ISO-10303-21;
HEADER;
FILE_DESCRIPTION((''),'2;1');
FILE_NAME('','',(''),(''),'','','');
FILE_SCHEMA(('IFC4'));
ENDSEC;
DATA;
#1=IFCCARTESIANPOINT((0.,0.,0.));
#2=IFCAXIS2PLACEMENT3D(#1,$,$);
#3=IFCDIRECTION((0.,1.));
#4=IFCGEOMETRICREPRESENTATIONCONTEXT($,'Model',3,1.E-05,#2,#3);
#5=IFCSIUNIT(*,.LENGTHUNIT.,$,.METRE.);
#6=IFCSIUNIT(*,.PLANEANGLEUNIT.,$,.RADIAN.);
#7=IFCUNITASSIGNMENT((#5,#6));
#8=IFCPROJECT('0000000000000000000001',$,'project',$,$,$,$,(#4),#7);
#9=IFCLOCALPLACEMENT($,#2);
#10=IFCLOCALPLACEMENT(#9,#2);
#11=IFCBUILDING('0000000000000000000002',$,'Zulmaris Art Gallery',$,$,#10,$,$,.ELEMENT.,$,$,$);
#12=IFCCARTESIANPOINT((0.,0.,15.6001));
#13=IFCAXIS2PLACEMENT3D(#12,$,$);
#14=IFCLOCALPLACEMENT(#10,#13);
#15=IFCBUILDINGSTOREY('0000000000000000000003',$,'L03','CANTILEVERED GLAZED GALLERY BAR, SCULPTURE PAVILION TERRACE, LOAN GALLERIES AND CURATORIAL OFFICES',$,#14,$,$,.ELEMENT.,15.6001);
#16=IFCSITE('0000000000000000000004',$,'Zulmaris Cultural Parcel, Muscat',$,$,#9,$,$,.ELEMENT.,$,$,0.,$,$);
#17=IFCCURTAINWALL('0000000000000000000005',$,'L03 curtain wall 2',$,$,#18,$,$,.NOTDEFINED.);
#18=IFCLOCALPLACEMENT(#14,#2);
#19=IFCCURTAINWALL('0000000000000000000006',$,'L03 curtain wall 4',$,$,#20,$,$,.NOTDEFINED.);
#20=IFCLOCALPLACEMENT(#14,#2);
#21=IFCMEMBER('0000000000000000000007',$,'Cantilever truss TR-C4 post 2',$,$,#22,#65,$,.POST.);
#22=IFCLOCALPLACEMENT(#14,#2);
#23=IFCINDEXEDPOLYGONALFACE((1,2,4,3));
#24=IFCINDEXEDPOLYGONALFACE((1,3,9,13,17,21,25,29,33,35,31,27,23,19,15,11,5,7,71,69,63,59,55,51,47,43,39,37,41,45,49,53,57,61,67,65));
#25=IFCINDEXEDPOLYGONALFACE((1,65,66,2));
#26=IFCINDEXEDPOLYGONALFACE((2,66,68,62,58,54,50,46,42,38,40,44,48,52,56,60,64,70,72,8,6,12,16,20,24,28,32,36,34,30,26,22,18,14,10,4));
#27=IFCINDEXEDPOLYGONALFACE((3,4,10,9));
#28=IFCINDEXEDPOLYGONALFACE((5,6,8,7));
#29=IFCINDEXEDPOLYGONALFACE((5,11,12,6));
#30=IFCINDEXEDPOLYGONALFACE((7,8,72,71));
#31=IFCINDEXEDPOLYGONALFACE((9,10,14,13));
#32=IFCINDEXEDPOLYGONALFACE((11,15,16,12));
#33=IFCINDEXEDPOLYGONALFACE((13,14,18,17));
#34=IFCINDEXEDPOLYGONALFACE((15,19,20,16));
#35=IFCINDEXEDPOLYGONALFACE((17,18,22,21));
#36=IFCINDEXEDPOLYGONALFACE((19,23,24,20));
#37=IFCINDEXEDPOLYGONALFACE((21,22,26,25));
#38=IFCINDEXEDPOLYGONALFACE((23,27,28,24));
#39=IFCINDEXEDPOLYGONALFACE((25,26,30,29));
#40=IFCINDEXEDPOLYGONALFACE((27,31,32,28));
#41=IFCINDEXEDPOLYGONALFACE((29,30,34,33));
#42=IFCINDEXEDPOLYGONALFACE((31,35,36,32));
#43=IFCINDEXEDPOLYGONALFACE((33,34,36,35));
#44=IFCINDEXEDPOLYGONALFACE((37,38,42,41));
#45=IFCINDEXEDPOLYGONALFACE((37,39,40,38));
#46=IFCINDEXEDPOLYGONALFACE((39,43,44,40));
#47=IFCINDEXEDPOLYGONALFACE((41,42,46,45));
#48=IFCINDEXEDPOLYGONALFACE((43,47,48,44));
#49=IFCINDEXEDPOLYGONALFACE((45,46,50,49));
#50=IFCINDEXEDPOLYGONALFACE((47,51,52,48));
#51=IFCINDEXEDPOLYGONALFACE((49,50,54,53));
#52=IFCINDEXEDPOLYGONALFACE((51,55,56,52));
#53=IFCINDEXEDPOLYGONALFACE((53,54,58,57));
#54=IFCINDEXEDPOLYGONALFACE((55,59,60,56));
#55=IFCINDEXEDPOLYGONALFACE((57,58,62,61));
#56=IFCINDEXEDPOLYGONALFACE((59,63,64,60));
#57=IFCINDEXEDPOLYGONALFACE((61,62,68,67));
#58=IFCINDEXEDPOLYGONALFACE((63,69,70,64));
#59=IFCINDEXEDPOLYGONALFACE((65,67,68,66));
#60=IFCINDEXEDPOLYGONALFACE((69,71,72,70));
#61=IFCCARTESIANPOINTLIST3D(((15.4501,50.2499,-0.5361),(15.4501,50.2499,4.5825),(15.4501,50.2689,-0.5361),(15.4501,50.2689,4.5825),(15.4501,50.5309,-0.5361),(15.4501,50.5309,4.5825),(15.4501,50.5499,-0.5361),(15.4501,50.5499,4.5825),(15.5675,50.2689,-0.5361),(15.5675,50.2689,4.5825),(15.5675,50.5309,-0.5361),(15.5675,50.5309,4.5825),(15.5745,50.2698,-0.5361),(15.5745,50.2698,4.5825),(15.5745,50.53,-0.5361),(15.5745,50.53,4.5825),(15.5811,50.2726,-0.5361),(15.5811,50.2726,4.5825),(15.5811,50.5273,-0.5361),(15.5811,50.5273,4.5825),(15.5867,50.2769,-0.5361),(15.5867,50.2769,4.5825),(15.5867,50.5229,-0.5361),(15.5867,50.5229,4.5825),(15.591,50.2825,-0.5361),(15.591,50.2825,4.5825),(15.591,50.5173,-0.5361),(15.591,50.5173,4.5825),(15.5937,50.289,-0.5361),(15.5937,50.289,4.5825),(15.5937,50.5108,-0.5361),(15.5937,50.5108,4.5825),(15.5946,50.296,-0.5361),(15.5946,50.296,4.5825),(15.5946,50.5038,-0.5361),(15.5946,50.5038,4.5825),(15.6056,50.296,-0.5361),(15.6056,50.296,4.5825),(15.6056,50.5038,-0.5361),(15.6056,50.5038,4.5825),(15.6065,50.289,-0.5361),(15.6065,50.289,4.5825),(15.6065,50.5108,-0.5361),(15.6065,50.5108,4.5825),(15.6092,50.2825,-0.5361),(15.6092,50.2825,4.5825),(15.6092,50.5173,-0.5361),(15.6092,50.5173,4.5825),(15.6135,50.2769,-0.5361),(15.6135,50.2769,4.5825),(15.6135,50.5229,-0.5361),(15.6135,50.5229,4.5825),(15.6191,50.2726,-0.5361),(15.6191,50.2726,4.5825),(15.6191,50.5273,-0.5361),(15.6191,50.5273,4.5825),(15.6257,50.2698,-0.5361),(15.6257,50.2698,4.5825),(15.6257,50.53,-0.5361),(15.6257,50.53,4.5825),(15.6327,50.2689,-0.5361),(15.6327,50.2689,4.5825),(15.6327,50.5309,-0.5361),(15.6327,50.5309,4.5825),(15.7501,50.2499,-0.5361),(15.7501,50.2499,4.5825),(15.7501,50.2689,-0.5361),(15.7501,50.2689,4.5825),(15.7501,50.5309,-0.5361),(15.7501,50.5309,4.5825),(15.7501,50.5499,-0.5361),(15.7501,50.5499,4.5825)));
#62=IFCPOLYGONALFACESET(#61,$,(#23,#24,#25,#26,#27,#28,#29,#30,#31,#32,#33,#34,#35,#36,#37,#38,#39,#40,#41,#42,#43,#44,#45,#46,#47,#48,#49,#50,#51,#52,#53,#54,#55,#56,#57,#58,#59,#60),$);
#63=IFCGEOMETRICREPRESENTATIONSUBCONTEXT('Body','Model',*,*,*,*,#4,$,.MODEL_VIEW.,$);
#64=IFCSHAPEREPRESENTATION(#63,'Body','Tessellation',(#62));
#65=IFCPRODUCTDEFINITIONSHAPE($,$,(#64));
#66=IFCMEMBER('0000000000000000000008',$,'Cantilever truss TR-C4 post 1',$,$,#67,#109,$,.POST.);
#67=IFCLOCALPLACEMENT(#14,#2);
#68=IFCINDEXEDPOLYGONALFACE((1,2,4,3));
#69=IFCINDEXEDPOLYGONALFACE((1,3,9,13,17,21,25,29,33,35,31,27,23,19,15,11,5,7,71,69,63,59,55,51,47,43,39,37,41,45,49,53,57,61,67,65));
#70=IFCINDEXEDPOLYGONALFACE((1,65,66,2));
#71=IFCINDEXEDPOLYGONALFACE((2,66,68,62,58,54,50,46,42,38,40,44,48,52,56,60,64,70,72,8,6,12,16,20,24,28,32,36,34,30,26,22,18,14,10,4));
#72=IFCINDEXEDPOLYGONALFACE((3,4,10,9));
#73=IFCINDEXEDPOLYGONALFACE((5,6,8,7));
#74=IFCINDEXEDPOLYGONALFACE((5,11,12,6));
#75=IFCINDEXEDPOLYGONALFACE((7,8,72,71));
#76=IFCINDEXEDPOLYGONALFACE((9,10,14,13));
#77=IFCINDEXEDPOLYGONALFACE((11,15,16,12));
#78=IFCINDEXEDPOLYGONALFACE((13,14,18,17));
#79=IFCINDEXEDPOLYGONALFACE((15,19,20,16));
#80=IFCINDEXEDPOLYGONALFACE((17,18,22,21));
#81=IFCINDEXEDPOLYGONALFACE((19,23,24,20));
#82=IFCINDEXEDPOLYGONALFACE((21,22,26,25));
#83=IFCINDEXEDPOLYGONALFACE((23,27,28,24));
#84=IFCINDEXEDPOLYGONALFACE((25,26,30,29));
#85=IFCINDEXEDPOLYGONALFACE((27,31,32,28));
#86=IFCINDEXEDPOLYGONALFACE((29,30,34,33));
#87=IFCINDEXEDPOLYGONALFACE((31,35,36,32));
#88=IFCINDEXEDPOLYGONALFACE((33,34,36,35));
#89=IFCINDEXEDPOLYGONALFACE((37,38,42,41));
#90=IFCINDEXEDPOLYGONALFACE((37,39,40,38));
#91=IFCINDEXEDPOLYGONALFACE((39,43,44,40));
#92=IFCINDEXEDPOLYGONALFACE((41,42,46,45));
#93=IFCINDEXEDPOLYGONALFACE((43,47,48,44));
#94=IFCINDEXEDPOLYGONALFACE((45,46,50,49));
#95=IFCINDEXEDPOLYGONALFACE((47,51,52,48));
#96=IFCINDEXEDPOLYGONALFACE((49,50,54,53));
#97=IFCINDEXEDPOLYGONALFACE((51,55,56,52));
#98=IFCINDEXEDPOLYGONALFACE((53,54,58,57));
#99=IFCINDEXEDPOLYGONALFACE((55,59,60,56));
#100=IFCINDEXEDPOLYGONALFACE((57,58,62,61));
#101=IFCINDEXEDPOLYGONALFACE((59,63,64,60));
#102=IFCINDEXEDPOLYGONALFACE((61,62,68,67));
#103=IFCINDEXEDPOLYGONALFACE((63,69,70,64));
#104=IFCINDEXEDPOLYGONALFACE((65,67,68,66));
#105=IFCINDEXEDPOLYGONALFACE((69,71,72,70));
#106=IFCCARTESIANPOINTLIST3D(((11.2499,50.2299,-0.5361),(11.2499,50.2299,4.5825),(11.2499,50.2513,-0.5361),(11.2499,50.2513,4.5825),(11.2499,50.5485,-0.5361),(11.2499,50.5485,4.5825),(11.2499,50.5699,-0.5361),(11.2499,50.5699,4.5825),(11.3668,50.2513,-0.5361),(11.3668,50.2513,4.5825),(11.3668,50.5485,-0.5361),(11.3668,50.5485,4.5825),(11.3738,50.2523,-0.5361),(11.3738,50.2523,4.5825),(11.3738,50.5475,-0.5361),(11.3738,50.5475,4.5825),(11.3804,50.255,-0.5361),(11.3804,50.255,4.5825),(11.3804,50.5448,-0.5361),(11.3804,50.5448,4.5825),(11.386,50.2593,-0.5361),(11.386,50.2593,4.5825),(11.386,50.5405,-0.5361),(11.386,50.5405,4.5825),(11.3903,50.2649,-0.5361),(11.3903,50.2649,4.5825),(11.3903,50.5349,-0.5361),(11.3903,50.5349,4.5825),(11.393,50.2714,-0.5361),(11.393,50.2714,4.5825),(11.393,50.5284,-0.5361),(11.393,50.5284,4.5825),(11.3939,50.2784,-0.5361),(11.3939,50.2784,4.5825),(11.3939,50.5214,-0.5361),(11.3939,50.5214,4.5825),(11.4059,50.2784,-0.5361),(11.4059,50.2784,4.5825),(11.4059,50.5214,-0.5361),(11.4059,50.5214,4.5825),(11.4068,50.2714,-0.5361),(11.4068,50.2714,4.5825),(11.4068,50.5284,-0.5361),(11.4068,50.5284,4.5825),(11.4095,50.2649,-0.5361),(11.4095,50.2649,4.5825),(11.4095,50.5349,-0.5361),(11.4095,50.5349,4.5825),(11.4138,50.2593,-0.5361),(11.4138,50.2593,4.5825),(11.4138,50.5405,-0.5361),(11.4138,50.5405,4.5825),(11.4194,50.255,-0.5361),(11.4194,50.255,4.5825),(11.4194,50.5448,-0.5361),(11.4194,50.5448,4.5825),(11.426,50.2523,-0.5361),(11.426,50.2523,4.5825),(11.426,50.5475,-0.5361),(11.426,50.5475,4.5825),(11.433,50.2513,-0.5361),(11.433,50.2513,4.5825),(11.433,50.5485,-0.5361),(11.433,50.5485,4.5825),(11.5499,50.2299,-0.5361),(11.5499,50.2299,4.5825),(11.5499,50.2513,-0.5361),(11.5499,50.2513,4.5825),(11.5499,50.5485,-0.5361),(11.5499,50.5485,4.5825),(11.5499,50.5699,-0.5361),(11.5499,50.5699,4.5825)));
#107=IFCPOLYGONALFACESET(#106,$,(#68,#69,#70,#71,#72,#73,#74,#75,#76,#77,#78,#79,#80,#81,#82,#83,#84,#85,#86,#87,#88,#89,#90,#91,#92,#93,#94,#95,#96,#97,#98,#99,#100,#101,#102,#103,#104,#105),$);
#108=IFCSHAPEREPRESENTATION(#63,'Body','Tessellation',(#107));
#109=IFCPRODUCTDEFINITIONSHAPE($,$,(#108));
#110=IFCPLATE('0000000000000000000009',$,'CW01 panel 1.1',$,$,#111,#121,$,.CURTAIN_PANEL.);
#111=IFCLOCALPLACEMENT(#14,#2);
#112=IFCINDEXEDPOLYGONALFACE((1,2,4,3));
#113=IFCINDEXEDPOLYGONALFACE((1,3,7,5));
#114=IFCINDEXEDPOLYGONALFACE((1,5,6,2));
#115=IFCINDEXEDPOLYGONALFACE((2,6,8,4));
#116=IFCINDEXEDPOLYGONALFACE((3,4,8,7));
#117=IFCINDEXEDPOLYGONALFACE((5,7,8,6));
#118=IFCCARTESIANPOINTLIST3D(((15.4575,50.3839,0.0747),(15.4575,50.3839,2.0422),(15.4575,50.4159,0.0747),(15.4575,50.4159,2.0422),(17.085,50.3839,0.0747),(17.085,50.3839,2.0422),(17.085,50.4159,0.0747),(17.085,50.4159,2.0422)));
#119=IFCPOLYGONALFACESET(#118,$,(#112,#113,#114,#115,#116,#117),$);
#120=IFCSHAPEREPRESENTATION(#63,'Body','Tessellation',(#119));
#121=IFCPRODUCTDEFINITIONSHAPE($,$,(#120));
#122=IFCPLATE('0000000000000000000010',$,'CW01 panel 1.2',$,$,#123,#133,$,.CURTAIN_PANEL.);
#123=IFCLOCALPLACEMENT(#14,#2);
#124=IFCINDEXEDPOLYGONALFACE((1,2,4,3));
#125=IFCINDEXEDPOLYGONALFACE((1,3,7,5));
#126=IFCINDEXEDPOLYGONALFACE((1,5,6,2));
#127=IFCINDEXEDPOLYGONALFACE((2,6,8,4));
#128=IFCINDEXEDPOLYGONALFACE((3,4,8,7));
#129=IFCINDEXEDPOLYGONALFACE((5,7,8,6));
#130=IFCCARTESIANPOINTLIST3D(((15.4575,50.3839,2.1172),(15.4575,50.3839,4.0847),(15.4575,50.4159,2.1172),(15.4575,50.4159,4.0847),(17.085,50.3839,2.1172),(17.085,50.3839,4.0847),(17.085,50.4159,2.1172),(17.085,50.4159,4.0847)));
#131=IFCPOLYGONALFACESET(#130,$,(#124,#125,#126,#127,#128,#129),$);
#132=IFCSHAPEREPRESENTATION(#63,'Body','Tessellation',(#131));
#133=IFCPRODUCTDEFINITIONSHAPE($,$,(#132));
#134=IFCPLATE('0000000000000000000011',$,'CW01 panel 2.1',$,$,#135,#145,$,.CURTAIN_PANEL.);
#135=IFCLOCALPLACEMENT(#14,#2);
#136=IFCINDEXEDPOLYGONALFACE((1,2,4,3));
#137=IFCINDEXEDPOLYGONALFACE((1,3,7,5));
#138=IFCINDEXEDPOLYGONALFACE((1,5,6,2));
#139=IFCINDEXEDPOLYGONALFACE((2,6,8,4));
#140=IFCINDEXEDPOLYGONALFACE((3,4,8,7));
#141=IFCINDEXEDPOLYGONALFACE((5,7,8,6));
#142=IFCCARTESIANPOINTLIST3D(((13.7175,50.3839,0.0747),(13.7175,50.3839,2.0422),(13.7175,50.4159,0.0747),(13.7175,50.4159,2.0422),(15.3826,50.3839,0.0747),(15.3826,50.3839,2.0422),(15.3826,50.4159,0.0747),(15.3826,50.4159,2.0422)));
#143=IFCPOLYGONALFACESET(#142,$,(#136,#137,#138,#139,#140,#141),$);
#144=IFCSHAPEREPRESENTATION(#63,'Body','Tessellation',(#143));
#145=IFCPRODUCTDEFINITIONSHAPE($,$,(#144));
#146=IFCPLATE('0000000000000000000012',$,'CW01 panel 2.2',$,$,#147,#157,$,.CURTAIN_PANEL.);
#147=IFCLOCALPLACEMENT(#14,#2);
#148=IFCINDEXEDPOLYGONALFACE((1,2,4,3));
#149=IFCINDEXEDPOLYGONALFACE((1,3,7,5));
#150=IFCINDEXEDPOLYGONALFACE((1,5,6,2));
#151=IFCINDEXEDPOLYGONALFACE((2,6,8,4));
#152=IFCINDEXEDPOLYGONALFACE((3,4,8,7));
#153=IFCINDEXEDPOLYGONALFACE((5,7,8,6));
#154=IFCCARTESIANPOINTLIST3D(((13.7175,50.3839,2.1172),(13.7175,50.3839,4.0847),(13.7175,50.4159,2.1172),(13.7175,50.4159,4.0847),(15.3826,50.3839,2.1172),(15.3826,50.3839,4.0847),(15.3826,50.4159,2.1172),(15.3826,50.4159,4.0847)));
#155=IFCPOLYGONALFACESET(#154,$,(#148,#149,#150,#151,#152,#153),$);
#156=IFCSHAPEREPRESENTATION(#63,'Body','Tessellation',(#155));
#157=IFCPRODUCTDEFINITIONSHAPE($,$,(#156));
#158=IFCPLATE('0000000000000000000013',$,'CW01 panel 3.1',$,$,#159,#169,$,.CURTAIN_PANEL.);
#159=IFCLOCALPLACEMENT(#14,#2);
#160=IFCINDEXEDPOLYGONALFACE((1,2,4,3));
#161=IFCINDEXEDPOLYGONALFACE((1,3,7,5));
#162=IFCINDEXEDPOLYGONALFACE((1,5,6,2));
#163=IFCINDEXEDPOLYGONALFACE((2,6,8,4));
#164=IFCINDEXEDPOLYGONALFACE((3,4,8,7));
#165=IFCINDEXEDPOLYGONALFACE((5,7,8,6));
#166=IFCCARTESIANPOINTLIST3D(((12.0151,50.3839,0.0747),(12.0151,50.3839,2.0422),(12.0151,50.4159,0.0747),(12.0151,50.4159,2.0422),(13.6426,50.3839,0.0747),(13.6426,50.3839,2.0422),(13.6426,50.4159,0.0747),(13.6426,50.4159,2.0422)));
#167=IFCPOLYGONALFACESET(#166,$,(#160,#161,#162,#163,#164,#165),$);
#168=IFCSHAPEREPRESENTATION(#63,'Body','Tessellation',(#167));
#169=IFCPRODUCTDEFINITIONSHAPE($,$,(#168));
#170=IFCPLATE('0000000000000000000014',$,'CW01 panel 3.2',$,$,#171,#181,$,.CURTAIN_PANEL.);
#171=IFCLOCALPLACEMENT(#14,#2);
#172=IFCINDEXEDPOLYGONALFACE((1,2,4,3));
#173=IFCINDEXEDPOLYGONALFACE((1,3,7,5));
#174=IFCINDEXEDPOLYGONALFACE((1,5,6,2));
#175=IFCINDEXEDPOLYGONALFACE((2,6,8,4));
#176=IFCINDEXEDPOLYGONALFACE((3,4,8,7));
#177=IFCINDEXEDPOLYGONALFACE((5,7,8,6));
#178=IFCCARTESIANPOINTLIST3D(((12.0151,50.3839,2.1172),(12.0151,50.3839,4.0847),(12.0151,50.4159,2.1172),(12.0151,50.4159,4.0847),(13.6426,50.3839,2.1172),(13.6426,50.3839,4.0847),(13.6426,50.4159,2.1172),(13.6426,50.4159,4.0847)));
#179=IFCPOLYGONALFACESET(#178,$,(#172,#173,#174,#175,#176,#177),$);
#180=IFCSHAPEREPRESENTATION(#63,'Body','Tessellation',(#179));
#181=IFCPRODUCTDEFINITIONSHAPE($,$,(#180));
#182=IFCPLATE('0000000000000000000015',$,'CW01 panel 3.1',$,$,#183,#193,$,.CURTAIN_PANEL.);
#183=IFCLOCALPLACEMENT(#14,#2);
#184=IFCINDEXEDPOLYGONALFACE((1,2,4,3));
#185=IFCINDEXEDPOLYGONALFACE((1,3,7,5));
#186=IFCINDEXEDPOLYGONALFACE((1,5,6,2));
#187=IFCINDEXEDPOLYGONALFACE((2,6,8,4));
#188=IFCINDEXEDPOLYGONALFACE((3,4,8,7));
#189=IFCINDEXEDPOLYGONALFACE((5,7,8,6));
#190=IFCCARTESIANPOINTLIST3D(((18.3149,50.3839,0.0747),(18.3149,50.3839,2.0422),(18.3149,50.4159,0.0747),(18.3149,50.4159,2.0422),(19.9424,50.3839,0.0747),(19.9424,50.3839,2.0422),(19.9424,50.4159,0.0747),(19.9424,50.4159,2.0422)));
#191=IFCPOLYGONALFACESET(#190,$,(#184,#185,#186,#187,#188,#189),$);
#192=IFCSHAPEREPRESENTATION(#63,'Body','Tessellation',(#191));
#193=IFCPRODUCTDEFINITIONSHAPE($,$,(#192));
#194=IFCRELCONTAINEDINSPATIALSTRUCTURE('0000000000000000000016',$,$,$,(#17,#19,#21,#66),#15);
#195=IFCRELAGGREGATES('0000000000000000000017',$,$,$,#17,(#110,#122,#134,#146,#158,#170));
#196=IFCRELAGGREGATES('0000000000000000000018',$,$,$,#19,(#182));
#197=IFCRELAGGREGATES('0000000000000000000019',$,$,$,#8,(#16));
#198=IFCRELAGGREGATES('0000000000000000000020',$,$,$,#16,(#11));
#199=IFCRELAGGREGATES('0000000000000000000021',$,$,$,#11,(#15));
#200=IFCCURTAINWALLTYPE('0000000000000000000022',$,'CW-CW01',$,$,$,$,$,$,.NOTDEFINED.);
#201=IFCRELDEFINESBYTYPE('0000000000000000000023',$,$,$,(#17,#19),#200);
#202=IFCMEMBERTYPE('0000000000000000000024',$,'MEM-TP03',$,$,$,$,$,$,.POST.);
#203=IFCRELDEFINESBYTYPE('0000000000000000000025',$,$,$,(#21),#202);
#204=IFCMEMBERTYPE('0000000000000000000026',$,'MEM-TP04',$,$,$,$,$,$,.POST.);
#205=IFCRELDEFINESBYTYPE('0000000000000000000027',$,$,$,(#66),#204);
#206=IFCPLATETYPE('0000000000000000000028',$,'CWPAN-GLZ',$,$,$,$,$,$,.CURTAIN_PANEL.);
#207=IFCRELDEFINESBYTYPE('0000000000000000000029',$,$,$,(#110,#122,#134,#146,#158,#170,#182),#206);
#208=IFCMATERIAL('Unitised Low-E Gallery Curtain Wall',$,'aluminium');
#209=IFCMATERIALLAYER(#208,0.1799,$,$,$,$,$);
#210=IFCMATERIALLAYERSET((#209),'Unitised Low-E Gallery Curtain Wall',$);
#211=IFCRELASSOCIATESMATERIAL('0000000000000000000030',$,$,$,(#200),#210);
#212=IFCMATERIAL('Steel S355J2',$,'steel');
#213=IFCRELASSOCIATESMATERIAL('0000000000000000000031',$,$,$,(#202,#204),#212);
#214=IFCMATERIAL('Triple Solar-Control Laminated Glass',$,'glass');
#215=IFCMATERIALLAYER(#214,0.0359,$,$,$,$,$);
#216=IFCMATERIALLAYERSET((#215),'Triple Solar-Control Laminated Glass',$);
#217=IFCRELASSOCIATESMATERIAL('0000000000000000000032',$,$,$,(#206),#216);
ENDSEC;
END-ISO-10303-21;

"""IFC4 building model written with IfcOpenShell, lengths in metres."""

from ifc_helpers import new_model, si_unit, direction, frame, origin, origin_2d, place, context, subcontext, project, spatial, rectangle, i_section, extrude, material, layer, layer_set, material_profile, profile_set, type_object, element, aggregate, save


model = new_model("IFC4")

# Units and contexts
model_context = context("Model", 3, precision=1e-05, world=origin(), true_north=direction((0.0, 1.0)))
body_context = subcontext(model_context, "Body", "Model", "MODEL_VIEW")
ifc_project = project(units=[si_unit("LENGTHUNIT", "METRE"), si_unit("PLANEANGLEUNIT", "RADIAN")], contexts=[model_context])

# Site, building, storey
site_placement = place(None, origin())
site = spatial("IfcSite", under=ifc_project, at=site_placement, Name="Zulmaris Cultural Parcel, Muscat", CompositionType="ELEMENT", RefElevation=0.0)
building_placement = place(site_placement, origin())
building = spatial("IfcBuilding", under=site, at=building_placement, Name="Zulmaris Art Gallery", CompositionType="ELEMENT")
storey_placement = place(building_placement, frame((0.0, 0.0, 15.6001)))
storey = spatial("IfcBuildingStorey", under=building, at=storey_placement, Name="L03", Description="CANTILEVERED GLAZED GALLERY BAR, SCULPTURE PAVILION TERRACE, LOAN GALLERIES AND CURATORIAL OFFICES", CompositionType="ELEMENT", Elevation=15.6001)

# Curtain wall
ifc_material_1 = material(Name="Unitised Low-E Gallery Curtain Wall", Category="aluminium")
ifc_layer_1 = layer(ifc_material_1, 0.1799)
ifc_layer_set_1 = layer_set([ifc_layer_1], Name="Unitised Low-E Gallery Curtain Wall")
curtain_wall_type = type_object("IfcCurtainWallType", Name="CW-CW01", PredefinedType="NOTDEFINED", material=ifc_layer_set_1)
curtain_wall_1_placement = place(storey_placement, origin())
curtain_wall_1 = element("IfcCurtainWall", 1, at=curtain_wall_1_placement, inside=storey, type_object=curtain_wall_type, Name="L03 curtain wall 2", PredefinedType="NOTDEFINED")

# Curtain wall
curtain_wall_2_placement = place(storey_placement, origin())
curtain_wall_2 = element("IfcCurtainWall", 2, at=curtain_wall_2_placement, inside=storey, type_object=curtain_wall_type, Name="L03 curtain wall 4", PredefinedType="NOTDEFINED")

# Members
ifc_material_2 = material(Name="Steel S355J2", Category="steel")
ifc_material_profile_1 = material_profile(ifc_material_2, i_section(OverallWidth=0.3, OverallDepth=0.3, WebThickness=0.011, FlangeThickness=0.019, FilletRadius=0.0271, at=origin_2d()), Name="HEB 300")
ifc_profile_set_1 = profile_set([ifc_material_profile_1], Name="Steel S355J2")
member_type_1 = type_object("IfcMemberType", Name="MEM-TP03", PredefinedType="POST", material=ifc_profile_set_1)
member_1_placement = place(storey_placement, frame((15.6001, 50.3999, -0.5361), z_axis=(0.0, 0.0, 1.0), x_axis=(1.0, 0.0, 0.0)))
element("IfcMember", 3, at=member_1_placement, inside=storey, type_object=member_type_1, Name="Cantilever truss TR-C4 post 2", PredefinedType="POST", context=body_context, shape_type="SweptSolid", body=[
    extrude(i_section(OverallWidth=0.3, OverallDepth=0.3, WebThickness=0.011, FlangeThickness=0.019, FilletRadius=0.0271, at=origin_2d()), origin(), (0.0, 0.0, 1.0), 5.1187),
])
ifc_material_profile_2 = material_profile(ifc_material_2, i_section(OverallWidth=0.3, OverallDepth=0.3401, WebThickness=0.012, FlangeThickness=0.0215, FilletRadius=0.0271, at=origin_2d()), Name="HEB 340")
ifc_profile_set_2 = profile_set([ifc_material_profile_2], Name="Steel S355J2")
member_type_2 = type_object("IfcMemberType", Name="MEM-TP04", PredefinedType="POST", material=ifc_profile_set_2)
member_2_placement = place(storey_placement, frame((11.3999, 50.3999, -0.5361), z_axis=(0.0, 0.0, 1.0), x_axis=(1.0, 0.0, 0.0)))
element("IfcMember", 4, at=member_2_placement, inside=storey, type_object=member_type_2, Name="Cantilever truss TR-C4 post 1", PredefinedType="POST", context=body_context, shape_type="SweptSolid", body=[
    extrude(i_section(OverallWidth=0.3, OverallDepth=0.3401, WebThickness=0.012, FlangeThickness=0.0215, FilletRadius=0.0271, at=origin_2d()), origin(), (0.0, 0.0, 1.0), 5.1187),
])

# Plates
ifc_material_3 = material(Name="Triple Solar-Control Laminated Glass", Category="glass")
ifc_layer_2 = layer(ifc_material_3, 0.0359)
ifc_layer_set_2 = layer_set([ifc_layer_2], Name="Triple Solar-Control Laminated Glass")
plate_type_1 = type_object("IfcPlateType", Name="CWPAN-GLZ", PredefinedType="CURTAIN_PANEL", material=ifc_layer_set_2)
plate_1_placement = place(storey_placement, frame((16.2712, 50.3999, 0.0747), z_axis=(0.0, 0.0, 1.0), x_axis=(-1.0, 0.0, 0.0)))
plate_1 = element("IfcPlate", 5, at=plate_1_placement, type_object=plate_type_1, Name="CW01 panel 1.1", PredefinedType="CURTAIN_PANEL", context=body_context, shape_type="SweptSolid", body=[
    extrude(rectangle(XDim=1.6274, YDim=0.032, at=origin_2d()), origin(), (0.0, 0.0, 1.0), 1.9675),
])
plate_2_placement = place(storey_placement, frame((16.2712, 50.3999, 2.1172), z_axis=(0.0, 0.0, 1.0), x_axis=(-1.0, 0.0, 0.0)))
plate_2 = element("IfcPlate", 6, at=plate_2_placement, type_object=plate_type_1, Name="CW01 panel 1.2", PredefinedType="CURTAIN_PANEL", context=body_context, shape_type="SweptSolid", body=[
    extrude(rectangle(XDim=1.6274, YDim=0.032, at=origin_2d()), origin(), (0.0, 0.0, 1.0), 1.9675),
])
plate_3_placement = place(storey_placement, frame((14.55, 50.3999, 0.0747), z_axis=(0.0, 0.0, 1.0), x_axis=(-1.0, 0.0, 0.0)))
plate_3 = element("IfcPlate", 7, at=plate_3_placement, type_object=plate_type_1, Name="CW01 panel 2.1", PredefinedType="CURTAIN_PANEL", context=body_context, shape_type="SweptSolid", body=[
    extrude(rectangle(XDim=1.665, YDim=0.032, at=origin_2d()), origin(), (0.0, 0.0, 1.0), 1.9675),
])
plate_4_placement = place(storey_placement, frame((14.55, 50.3999, 2.1172), z_axis=(0.0, 0.0, 1.0), x_axis=(-1.0, 0.0, 0.0)))
plate_4 = element("IfcPlate", 8, at=plate_4_placement, type_object=plate_type_1, Name="CW01 panel 2.2", PredefinedType="CURTAIN_PANEL", context=body_context, shape_type="SweptSolid", body=[
    extrude(rectangle(XDim=1.665, YDim=0.032, at=origin_2d()), origin(), (0.0, 0.0, 1.0), 1.9675),
])
plate_5_placement = place(storey_placement, frame((12.8289, 50.3999, 0.0747), z_axis=(0.0, 0.0, 1.0), x_axis=(-1.0, 0.0, 0.0)))
plate_5 = element("IfcPlate", 9, at=plate_5_placement, type_object=plate_type_1, Name="CW01 panel 3.1", PredefinedType="CURTAIN_PANEL", context=body_context, shape_type="SweptSolid", body=[
    extrude(rectangle(XDim=1.6274, YDim=0.032, at=origin_2d()), origin(), (0.0, 0.0, 1.0), 1.9675),
])
plate_6_placement = place(storey_placement, frame((12.8289, 50.3999, 2.1172), z_axis=(0.0, 0.0, 1.0), x_axis=(-1.0, 0.0, 0.0)))
plate_6 = element("IfcPlate", 10, at=plate_6_placement, type_object=plate_type_1, Name="CW01 panel 3.2", PredefinedType="CURTAIN_PANEL", context=body_context, shape_type="SweptSolid", body=[
    extrude(rectangle(XDim=1.6274, YDim=0.032, at=origin_2d()), origin(), (0.0, 0.0, 1.0), 1.9675),
])
aggregate(curtain_wall_1, [plate_1, plate_2, plate_3, plate_4, plate_5, plate_6])
plate_7_placement = place(storey_placement, frame((19.1287, 50.3999, 0.0747), z_axis=(0.0, 0.0, 1.0), x_axis=(-1.0, 0.0, 0.0)))
plate_7 = element("IfcPlate", 11, at=plate_7_placement, type_object=plate_type_1, Name="CW01 panel 3.1", PredefinedType="CURTAIN_PANEL", context=body_context, shape_type="SweptSolid", body=[
    extrude(rectangle(XDim=1.6274, YDim=0.032, at=origin_2d()), origin(), (0.0, 0.0, 1.0), 1.9675),
])
aggregate(curtain_wall_2, [plate_7])

save(model, "model.ifc")
